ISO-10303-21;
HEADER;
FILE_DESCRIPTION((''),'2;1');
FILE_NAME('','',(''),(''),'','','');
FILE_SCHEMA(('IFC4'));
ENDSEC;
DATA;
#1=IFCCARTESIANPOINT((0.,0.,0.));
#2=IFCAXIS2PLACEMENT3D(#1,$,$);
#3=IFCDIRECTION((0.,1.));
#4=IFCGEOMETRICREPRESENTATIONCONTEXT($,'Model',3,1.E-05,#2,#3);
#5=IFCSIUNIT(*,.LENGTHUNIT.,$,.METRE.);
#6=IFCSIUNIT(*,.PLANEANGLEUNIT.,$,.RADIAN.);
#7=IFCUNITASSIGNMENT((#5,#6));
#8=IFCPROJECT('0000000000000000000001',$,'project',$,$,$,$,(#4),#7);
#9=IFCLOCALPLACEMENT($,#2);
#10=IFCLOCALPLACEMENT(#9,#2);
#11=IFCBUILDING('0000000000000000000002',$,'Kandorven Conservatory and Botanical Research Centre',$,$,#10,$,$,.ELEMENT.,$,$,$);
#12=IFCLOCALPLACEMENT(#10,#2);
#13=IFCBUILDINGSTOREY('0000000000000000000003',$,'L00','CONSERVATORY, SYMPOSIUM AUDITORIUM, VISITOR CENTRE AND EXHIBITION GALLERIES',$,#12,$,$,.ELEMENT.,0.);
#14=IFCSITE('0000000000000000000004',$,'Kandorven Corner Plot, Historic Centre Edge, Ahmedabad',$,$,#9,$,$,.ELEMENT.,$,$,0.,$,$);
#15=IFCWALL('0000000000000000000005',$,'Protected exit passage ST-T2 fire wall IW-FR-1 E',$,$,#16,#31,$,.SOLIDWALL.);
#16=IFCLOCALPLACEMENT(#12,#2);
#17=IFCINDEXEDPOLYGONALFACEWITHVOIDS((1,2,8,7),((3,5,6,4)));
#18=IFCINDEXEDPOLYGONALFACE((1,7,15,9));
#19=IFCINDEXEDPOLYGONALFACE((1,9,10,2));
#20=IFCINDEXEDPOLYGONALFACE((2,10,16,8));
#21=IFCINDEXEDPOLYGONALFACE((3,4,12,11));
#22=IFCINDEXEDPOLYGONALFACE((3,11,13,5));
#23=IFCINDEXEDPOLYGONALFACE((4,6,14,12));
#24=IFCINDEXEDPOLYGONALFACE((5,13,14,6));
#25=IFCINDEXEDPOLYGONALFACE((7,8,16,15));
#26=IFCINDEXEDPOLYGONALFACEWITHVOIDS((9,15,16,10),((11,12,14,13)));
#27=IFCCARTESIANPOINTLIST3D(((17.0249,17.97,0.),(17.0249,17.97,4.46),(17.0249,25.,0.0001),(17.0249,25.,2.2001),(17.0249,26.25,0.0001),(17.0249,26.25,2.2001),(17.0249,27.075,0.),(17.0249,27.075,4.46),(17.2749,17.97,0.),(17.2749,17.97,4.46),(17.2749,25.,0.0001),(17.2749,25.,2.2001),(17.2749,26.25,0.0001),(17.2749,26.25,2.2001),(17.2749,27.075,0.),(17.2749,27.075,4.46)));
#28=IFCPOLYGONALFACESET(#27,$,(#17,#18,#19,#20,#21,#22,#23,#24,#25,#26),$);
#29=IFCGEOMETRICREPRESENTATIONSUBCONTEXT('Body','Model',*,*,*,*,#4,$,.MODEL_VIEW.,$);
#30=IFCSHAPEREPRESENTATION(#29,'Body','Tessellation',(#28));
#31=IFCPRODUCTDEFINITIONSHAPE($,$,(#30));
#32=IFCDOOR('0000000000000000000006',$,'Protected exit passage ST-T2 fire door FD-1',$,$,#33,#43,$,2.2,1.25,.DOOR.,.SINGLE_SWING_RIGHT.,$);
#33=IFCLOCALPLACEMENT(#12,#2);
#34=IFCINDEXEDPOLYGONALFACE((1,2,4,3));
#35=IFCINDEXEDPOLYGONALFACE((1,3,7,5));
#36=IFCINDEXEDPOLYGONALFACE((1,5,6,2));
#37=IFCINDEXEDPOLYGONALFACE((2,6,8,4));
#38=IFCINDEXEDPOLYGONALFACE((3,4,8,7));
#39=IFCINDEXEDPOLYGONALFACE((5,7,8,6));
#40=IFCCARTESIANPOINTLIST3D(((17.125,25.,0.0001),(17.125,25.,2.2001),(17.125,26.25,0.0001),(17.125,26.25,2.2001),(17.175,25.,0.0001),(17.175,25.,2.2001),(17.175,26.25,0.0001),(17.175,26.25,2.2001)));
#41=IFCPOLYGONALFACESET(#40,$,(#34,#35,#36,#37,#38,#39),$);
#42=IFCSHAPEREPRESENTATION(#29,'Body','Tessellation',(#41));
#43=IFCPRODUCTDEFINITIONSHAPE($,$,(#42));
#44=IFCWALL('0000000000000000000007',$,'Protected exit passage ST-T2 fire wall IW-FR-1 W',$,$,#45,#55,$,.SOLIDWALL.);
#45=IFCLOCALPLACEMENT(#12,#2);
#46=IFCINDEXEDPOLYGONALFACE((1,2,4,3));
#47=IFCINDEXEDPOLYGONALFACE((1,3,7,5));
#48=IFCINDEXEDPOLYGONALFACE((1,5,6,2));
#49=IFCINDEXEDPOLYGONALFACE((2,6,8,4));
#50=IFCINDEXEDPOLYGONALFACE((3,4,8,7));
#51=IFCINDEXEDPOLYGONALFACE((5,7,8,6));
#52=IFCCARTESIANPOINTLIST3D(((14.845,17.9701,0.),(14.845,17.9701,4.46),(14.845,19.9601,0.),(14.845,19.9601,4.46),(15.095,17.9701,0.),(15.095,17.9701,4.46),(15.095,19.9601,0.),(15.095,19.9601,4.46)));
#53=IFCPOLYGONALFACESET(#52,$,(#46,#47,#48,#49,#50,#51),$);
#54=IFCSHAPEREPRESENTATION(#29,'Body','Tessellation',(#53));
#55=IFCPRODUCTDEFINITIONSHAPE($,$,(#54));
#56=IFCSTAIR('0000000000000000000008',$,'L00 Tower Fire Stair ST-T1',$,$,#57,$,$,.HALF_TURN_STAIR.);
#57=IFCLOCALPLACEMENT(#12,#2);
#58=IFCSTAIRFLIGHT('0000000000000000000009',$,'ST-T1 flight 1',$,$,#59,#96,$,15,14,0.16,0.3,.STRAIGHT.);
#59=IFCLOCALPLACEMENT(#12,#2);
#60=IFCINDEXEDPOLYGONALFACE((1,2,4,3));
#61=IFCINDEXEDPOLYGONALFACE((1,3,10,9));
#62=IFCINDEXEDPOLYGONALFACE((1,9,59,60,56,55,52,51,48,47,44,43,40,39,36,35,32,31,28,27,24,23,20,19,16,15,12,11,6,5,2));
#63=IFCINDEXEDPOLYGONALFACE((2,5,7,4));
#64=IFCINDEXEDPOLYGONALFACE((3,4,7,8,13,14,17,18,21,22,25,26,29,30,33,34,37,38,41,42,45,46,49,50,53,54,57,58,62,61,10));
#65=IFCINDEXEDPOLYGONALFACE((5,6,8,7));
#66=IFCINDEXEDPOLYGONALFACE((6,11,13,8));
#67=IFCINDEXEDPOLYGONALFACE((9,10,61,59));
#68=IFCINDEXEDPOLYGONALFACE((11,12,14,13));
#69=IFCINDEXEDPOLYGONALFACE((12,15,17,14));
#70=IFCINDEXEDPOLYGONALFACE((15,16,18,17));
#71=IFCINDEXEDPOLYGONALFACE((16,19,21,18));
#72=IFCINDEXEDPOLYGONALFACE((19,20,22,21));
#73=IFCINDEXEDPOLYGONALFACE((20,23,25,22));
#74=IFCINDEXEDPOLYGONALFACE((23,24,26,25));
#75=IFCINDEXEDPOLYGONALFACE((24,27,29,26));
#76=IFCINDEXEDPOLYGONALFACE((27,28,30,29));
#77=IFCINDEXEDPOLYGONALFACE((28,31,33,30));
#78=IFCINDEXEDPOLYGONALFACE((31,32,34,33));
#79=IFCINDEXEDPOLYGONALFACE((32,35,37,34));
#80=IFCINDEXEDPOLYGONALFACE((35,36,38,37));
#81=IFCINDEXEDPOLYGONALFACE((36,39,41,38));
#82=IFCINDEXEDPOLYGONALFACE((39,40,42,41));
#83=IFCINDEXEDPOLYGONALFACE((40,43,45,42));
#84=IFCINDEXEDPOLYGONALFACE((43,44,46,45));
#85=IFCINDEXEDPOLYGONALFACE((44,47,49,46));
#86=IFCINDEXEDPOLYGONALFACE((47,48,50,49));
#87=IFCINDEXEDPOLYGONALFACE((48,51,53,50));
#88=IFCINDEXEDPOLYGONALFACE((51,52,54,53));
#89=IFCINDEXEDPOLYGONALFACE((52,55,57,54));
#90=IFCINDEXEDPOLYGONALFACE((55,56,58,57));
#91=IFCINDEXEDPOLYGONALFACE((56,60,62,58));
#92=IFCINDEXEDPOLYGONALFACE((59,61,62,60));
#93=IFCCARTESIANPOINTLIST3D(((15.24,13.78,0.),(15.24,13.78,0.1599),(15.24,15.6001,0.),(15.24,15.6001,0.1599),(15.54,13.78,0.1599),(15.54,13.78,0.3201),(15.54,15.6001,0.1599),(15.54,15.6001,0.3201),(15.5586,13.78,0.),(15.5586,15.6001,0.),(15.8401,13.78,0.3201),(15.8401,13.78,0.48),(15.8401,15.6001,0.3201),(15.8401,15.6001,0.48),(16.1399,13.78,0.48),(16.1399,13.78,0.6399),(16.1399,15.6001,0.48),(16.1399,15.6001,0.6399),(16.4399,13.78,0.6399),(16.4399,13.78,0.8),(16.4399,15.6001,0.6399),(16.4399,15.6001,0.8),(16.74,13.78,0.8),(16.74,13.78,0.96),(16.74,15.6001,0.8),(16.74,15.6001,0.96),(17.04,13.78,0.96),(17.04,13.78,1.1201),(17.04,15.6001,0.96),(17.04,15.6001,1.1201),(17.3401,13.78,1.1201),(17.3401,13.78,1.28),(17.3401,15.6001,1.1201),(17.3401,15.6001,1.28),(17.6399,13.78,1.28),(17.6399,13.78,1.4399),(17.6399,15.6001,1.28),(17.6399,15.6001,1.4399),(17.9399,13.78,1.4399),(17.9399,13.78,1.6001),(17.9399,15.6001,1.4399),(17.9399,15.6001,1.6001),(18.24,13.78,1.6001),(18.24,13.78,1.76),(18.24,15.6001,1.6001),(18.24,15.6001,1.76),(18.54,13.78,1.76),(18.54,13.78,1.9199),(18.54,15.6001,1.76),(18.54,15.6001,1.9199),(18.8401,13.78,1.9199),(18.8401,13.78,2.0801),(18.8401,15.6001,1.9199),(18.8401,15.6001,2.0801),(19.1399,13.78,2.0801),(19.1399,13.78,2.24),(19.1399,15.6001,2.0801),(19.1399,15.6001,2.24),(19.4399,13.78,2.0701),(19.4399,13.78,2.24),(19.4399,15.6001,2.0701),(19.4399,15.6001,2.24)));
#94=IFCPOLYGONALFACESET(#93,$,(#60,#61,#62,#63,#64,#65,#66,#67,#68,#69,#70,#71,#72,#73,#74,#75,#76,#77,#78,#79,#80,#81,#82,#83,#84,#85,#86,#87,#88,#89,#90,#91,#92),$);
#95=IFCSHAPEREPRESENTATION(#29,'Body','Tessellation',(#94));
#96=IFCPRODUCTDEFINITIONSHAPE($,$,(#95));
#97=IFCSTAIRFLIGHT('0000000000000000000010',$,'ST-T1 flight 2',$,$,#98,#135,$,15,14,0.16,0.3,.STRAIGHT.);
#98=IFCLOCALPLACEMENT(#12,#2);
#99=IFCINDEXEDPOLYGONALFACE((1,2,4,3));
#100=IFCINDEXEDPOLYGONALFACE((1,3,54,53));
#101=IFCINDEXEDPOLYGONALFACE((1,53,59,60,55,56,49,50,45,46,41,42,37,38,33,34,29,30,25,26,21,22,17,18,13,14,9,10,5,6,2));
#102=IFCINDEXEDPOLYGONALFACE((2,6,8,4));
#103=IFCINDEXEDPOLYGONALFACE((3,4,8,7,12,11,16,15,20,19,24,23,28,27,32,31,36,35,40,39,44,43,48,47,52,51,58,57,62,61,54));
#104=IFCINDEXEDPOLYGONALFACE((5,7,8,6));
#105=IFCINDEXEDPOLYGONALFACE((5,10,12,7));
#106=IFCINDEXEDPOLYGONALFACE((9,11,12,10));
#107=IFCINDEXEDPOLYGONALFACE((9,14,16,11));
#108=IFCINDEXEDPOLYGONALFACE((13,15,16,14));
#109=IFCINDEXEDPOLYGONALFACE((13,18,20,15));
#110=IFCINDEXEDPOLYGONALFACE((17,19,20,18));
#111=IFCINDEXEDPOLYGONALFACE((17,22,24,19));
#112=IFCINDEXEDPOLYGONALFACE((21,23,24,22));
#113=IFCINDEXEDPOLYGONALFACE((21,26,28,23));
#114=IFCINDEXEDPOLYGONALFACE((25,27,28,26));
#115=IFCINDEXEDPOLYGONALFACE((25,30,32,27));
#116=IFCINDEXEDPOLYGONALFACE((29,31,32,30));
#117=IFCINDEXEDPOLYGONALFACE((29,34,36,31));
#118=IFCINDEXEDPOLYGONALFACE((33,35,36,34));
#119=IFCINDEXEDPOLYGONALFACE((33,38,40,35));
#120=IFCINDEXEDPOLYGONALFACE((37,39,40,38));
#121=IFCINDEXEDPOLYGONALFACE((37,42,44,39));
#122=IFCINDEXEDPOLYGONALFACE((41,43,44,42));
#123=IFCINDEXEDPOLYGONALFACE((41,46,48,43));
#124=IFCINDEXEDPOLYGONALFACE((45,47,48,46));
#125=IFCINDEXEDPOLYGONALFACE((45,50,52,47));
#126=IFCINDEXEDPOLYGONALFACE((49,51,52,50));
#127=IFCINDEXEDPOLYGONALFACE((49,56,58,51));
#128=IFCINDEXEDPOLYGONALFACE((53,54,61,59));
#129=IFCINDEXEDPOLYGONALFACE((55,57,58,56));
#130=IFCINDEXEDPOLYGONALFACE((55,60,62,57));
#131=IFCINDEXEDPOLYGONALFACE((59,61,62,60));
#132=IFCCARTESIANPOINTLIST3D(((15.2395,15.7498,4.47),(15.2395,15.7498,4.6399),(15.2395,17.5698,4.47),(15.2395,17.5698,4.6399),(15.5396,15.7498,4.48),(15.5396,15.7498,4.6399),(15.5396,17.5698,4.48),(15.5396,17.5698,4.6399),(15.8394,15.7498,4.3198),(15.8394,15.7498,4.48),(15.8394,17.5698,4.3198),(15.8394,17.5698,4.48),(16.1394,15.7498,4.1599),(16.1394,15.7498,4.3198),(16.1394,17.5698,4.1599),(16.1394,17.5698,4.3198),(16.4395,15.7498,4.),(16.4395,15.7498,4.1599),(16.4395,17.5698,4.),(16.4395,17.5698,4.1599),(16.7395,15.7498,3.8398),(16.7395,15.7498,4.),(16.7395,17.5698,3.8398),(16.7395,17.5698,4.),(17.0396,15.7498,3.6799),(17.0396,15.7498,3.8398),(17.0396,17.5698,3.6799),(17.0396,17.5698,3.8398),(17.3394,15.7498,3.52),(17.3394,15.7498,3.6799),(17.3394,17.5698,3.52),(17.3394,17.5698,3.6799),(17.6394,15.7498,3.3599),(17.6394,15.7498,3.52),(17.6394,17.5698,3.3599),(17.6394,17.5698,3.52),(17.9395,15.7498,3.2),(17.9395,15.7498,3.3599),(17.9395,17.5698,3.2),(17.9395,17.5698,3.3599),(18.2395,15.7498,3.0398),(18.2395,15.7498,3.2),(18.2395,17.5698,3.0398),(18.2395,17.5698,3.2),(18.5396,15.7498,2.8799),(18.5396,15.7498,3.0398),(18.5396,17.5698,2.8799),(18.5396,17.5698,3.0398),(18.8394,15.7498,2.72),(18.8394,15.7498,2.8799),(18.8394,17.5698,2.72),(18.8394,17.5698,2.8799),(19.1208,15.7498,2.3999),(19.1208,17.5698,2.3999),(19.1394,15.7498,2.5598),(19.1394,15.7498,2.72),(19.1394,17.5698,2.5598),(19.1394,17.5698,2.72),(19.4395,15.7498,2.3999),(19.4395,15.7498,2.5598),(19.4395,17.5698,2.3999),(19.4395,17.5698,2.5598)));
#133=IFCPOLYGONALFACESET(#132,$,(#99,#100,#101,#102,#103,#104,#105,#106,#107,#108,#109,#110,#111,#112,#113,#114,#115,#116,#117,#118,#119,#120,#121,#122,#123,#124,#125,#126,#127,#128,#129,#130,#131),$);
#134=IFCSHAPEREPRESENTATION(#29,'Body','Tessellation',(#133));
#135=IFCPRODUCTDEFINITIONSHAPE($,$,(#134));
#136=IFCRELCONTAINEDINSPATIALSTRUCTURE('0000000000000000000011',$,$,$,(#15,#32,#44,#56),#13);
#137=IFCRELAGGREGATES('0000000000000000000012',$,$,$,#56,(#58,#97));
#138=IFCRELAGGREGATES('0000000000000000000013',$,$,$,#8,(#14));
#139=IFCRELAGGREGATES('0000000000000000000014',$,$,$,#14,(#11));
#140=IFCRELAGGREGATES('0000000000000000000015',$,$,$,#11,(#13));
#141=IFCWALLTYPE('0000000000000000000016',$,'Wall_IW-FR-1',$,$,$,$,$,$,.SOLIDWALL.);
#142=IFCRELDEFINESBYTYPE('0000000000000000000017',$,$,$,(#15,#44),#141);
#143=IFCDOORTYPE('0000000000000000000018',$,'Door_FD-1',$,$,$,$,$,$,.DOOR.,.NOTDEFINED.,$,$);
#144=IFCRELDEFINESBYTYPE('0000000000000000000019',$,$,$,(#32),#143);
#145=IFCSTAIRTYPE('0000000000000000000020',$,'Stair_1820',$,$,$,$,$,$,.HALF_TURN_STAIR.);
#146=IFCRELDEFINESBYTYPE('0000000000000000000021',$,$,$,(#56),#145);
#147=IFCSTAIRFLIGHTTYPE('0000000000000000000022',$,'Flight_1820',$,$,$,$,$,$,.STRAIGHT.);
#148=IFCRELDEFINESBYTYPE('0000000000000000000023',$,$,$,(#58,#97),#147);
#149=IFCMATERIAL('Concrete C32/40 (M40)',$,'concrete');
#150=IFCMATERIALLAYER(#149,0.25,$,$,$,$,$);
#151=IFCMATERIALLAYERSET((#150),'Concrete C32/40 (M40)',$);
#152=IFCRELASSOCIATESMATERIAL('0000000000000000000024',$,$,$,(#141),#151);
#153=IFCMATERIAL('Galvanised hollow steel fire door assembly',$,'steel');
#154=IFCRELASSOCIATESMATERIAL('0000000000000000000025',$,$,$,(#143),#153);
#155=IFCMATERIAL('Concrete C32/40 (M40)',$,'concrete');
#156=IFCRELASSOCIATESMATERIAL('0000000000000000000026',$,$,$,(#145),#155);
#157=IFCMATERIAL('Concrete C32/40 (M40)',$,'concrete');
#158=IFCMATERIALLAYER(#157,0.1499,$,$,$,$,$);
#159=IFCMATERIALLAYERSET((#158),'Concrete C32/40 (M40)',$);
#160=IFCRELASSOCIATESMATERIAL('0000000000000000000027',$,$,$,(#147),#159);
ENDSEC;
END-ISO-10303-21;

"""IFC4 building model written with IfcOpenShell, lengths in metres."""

from ifc_helpers import new_model, si_unit, direction, frame, frame_2d, origin, place, context, subcontext, project, spatial, polyline, rectangle, outline, extrude, material, layer, layer_set, type_object, element, fill, aggregate, save


model = new_model("IFC4")

# Units and contexts
model_context = context("Model", 3, precision=1e-05, world=origin(), true_north=direction((0.0, 1.0)))
body_context = subcontext(model_context, "Body", "Model", "MODEL_VIEW")
ifc_project = project(units=[si_unit("LENGTHUNIT", "METRE"), si_unit("PLANEANGLEUNIT", "RADIAN")], contexts=[model_context])

# Site, building, storey
site_placement = place(None, origin())
site = spatial("IfcSite", under=ifc_project, at=site_placement, Name="Kandorven Corner Plot, Historic Centre Edge, Ahmedabad", CompositionType="ELEMENT", RefElevation=0.0)
building_placement = place(site_placement, origin())
building = spatial("IfcBuilding", under=site, at=building_placement, Name="Kandorven Conservatory and Botanical Research Centre", CompositionType="ELEMENT")
storey_placement = place(building_placement, origin())
storey = spatial("IfcBuildingStorey", under=building, at=storey_placement, Name="L00", Description="CONSERVATORY, SYMPOSIUM AUDITORIUM, VISITOR CENTRE AND EXHIBITION GALLERIES", CompositionType="ELEMENT", Elevation=0.0)

# Wall, opening, door
ifc_material_1 = material(Name="Concrete C32/40 (M40)", Category="concrete")
ifc_layer_1 = layer(ifc_material_1, 0.25)
ifc_layer_set_1 = layer_set([ifc_layer_1], Name="Concrete C32/40 (M40)")
wall_type_1 = type_object("IfcWallType", Name="Wall_IW-FR-1", PredefinedType="SOLIDWALL", material=ifc_layer_set_1)
wall_1_placement = place(storey_placement, frame((17.1499, 17.97, 0.0), z_axis=(0.0, 0.0, 1.0), x_axis=(0.0, 1.0, 0.0)))
wall_1 = element("IfcWall", 1, at=wall_1_placement, inside=storey, type_object=wall_type_1, Name="Protected exit passage ST-T2 fire wall IW-FR-1 E", PredefinedType="SOLIDWALL", context=body_context, shape_type="SweptSolid", body=[
    extrude(rectangle(XDim=9.105, YDim=0.25, at=frame_2d((4.5525, 0.0))), origin(), (0.0, 0.0, 1.0), 4.46),
])
opening_placement = place(wall_1_placement, frame((7.03, 0.0, 0.0)))
opening = element("IfcOpeningElement", 2, at=opening_placement, cuts=wall_1, PredefinedType="OPENING", context=body_context, shape_type="SweptSolid", body=[
    extrude(rectangle(XDim=1.25, YDim=2.2, at=frame_2d((0.625, 1.1001))), frame((0.0, 0.135, 0.0), z_axis=(0.0, -1.0, 0.0), x_axis=(1.0, 0.0, 0.0)), (0.0, 0.0, 1.0), 0.27),
])
ifc_material_2 = material(Name="Galvanised hollow steel fire door assembly", Category="steel")
door_type = type_object("IfcDoorType", Name="Door_FD-1", OperationType="NOTDEFINED", PredefinedType="DOOR", material=ifc_material_2)
door_placement = place(opening_placement, origin())
door = element("IfcDoor", 3, at=door_placement, inside=storey, type_object=door_type, Name="Protected exit passage ST-T2 fire door FD-1", OperationType="SINGLE_SWING_RIGHT", OverallHeight=2.2, OverallWidth=1.25, PredefinedType="DOOR", context=body_context, shape_type="SweptSolid", body=[
    extrude(rectangle(XDim=1.25, YDim=2.2, at=frame_2d((0.625, 1.1001))), frame((0.0, 0.0249, 0.0), z_axis=(0.0, -1.0, 0.0), x_axis=(1.0, 0.0, 0.0)), (0.0, 0.0, 1.0), 0.05),
])
fill(opening, door)

# Wall
wall_2_placement = place(storey_placement, frame((14.97, 17.97, 0.0), z_axis=(0.0, 0.0, 1.0), x_axis=(0.0, 1.0, 0.0)))
element("IfcWall", 4, at=wall_2_placement, inside=storey, type_object=wall_type_1, Name="Protected exit passage ST-T2 fire wall IW-FR-1 W", PredefinedType="SOLIDWALL", context=body_context, shape_type="SweptSolid", body=[
    extrude(rectangle(XDim=1.99, YDim=0.25, at=frame_2d((0.9951, 0.0))), origin(), (0.0, 0.0, 1.0), 4.46),
])

# Stair, stair flights
ifc_material_3 = material(Name="Concrete C32/40 (M40)", Category="concrete")
stair_type = type_object("IfcStairType", Name="Stair_1820", PredefinedType="HALF_TURN_STAIR", material=ifc_material_3)
stair_placement = place(storey_placement, origin())
stair = element("IfcStair", 5, at=stair_placement, inside=storey, type_object=stair_type, Name="L00 Tower Fire Stair ST-T1", PredefinedType="HALF_TURN_STAIR")
ifc_material_4 = material(Name="Concrete C32/40 (M40)", Category="concrete")
ifc_layer_2 = layer(ifc_material_4, 0.1499)
ifc_layer_set_2 = layer_set([ifc_layer_2], Name="Concrete C32/40 (M40)")
stair_flight_type = type_object("IfcStairFlightType", Name="Flight_1820", PredefinedType="STRAIGHT", material=ifc_layer_set_2)
stair_flight_1_placement = place(storey_placement, frame((15.24, 14.6899, 0.0), z_axis=(0.0, 0.0, 1.0), x_axis=(1.0, 0.0, 0.0)))
stair_flight_1 = element("IfcStairFlight", 6, at=stair_flight_1_placement, type_object=stair_flight_type, Name="ST-T1 flight 1", NumberOfRisers=15, NumberOfTreads=14, PredefinedType="STRAIGHT", RiserHeight=0.16, TreadLength=0.3, context=body_context, shape_type="SweptSolid", body=[
    extrude(outline(polyline([(0.0, 0.0), (0.0, 0.1599), (0.3, 0.1599), (0.3, 0.3201), (0.6001, 0.3201), (0.6001, 0.48), (0.8999, 0.48), (0.8999, 0.6399), (1.2, 0.6399), (1.2, 0.8), (1.5, 0.8), (1.5, 0.96), (1.8, 0.96), (1.8, 1.1201), (2.1001, 1.1201), (2.1001, 1.28), (2.3999, 1.28), (2.3999, 1.4399), (2.7, 1.4399), (2.7, 1.6001), (3.0, 1.6001), (3.0, 1.76), (3.3, 1.76), (3.3, 1.9199), (3.6001, 1.9199), (3.6001, 2.0801), (3.8999, 2.0801), (3.8999, 2.24), (4.2, 2.24), (4.2, 2.3999), (4.2, 2.0701), (0.3186, 0.0), (0.0, 0.0)])), frame((0.0, 0.9102, 0.0), z_axis=(0.0, -1.0, 0.0), x_axis=(1.0, 0.0, 0.0)), (0.0, 0.0, 1.0), 1.8201),
])
stair_flight_2_placement = place(storey_placement, frame((19.4395, 16.6599, 2.3999), z_axis=(0.0, 0.0, 1.0), x_axis=(-1.0, 0.0, 0.0)))
stair_flight_2 = element("IfcStairFlight", 7, at=stair_flight_2_placement, type_object=stair_flight_type, Name="ST-T1 flight 2", NumberOfRisers=15, NumberOfTreads=14, PredefinedType="STRAIGHT", RiserHeight=0.16, TreadLength=0.3, context=body_context, shape_type="SweptSolid", body=[
    extrude(outline(polyline([(0.0, 0.0), (0.0, 0.1599), (0.3, 0.1599), (0.3, 0.3201), (0.6001, 0.3201), (0.6001, 0.48), (0.8999, 0.48), (0.8999, 0.6399), (1.2, 0.6399), (1.2, 0.8), (1.5, 0.8), (1.5, 0.96), (1.8, 0.96), (1.8, 1.1201), (2.1001, 1.1201), (2.1001, 1.28), (2.3999, 1.28), (2.3999, 1.4399), (2.7, 1.4399), (2.7, 1.6001), (3.0, 1.6001), (3.0, 1.76), (3.3, 1.76), (3.3, 1.9199), (3.6001, 1.9199), (3.6001, 2.0801), (3.8999, 2.0801), (3.8999, 2.24), (4.2, 2.24), (4.2, 2.3999), (4.2, 2.0701), (0.3186, 0.0), (0.0, 0.0)])), frame((0.0, 0.9102, 0.0), z_axis=(0.0, -1.0, 0.0), x_axis=(1.0, 0.0, 0.0)), (0.0, 0.0, 1.0), 1.8201),
])
aggregate(stair, [stair_flight_1, stair_flight_2])

save(model, "model.ifc")
